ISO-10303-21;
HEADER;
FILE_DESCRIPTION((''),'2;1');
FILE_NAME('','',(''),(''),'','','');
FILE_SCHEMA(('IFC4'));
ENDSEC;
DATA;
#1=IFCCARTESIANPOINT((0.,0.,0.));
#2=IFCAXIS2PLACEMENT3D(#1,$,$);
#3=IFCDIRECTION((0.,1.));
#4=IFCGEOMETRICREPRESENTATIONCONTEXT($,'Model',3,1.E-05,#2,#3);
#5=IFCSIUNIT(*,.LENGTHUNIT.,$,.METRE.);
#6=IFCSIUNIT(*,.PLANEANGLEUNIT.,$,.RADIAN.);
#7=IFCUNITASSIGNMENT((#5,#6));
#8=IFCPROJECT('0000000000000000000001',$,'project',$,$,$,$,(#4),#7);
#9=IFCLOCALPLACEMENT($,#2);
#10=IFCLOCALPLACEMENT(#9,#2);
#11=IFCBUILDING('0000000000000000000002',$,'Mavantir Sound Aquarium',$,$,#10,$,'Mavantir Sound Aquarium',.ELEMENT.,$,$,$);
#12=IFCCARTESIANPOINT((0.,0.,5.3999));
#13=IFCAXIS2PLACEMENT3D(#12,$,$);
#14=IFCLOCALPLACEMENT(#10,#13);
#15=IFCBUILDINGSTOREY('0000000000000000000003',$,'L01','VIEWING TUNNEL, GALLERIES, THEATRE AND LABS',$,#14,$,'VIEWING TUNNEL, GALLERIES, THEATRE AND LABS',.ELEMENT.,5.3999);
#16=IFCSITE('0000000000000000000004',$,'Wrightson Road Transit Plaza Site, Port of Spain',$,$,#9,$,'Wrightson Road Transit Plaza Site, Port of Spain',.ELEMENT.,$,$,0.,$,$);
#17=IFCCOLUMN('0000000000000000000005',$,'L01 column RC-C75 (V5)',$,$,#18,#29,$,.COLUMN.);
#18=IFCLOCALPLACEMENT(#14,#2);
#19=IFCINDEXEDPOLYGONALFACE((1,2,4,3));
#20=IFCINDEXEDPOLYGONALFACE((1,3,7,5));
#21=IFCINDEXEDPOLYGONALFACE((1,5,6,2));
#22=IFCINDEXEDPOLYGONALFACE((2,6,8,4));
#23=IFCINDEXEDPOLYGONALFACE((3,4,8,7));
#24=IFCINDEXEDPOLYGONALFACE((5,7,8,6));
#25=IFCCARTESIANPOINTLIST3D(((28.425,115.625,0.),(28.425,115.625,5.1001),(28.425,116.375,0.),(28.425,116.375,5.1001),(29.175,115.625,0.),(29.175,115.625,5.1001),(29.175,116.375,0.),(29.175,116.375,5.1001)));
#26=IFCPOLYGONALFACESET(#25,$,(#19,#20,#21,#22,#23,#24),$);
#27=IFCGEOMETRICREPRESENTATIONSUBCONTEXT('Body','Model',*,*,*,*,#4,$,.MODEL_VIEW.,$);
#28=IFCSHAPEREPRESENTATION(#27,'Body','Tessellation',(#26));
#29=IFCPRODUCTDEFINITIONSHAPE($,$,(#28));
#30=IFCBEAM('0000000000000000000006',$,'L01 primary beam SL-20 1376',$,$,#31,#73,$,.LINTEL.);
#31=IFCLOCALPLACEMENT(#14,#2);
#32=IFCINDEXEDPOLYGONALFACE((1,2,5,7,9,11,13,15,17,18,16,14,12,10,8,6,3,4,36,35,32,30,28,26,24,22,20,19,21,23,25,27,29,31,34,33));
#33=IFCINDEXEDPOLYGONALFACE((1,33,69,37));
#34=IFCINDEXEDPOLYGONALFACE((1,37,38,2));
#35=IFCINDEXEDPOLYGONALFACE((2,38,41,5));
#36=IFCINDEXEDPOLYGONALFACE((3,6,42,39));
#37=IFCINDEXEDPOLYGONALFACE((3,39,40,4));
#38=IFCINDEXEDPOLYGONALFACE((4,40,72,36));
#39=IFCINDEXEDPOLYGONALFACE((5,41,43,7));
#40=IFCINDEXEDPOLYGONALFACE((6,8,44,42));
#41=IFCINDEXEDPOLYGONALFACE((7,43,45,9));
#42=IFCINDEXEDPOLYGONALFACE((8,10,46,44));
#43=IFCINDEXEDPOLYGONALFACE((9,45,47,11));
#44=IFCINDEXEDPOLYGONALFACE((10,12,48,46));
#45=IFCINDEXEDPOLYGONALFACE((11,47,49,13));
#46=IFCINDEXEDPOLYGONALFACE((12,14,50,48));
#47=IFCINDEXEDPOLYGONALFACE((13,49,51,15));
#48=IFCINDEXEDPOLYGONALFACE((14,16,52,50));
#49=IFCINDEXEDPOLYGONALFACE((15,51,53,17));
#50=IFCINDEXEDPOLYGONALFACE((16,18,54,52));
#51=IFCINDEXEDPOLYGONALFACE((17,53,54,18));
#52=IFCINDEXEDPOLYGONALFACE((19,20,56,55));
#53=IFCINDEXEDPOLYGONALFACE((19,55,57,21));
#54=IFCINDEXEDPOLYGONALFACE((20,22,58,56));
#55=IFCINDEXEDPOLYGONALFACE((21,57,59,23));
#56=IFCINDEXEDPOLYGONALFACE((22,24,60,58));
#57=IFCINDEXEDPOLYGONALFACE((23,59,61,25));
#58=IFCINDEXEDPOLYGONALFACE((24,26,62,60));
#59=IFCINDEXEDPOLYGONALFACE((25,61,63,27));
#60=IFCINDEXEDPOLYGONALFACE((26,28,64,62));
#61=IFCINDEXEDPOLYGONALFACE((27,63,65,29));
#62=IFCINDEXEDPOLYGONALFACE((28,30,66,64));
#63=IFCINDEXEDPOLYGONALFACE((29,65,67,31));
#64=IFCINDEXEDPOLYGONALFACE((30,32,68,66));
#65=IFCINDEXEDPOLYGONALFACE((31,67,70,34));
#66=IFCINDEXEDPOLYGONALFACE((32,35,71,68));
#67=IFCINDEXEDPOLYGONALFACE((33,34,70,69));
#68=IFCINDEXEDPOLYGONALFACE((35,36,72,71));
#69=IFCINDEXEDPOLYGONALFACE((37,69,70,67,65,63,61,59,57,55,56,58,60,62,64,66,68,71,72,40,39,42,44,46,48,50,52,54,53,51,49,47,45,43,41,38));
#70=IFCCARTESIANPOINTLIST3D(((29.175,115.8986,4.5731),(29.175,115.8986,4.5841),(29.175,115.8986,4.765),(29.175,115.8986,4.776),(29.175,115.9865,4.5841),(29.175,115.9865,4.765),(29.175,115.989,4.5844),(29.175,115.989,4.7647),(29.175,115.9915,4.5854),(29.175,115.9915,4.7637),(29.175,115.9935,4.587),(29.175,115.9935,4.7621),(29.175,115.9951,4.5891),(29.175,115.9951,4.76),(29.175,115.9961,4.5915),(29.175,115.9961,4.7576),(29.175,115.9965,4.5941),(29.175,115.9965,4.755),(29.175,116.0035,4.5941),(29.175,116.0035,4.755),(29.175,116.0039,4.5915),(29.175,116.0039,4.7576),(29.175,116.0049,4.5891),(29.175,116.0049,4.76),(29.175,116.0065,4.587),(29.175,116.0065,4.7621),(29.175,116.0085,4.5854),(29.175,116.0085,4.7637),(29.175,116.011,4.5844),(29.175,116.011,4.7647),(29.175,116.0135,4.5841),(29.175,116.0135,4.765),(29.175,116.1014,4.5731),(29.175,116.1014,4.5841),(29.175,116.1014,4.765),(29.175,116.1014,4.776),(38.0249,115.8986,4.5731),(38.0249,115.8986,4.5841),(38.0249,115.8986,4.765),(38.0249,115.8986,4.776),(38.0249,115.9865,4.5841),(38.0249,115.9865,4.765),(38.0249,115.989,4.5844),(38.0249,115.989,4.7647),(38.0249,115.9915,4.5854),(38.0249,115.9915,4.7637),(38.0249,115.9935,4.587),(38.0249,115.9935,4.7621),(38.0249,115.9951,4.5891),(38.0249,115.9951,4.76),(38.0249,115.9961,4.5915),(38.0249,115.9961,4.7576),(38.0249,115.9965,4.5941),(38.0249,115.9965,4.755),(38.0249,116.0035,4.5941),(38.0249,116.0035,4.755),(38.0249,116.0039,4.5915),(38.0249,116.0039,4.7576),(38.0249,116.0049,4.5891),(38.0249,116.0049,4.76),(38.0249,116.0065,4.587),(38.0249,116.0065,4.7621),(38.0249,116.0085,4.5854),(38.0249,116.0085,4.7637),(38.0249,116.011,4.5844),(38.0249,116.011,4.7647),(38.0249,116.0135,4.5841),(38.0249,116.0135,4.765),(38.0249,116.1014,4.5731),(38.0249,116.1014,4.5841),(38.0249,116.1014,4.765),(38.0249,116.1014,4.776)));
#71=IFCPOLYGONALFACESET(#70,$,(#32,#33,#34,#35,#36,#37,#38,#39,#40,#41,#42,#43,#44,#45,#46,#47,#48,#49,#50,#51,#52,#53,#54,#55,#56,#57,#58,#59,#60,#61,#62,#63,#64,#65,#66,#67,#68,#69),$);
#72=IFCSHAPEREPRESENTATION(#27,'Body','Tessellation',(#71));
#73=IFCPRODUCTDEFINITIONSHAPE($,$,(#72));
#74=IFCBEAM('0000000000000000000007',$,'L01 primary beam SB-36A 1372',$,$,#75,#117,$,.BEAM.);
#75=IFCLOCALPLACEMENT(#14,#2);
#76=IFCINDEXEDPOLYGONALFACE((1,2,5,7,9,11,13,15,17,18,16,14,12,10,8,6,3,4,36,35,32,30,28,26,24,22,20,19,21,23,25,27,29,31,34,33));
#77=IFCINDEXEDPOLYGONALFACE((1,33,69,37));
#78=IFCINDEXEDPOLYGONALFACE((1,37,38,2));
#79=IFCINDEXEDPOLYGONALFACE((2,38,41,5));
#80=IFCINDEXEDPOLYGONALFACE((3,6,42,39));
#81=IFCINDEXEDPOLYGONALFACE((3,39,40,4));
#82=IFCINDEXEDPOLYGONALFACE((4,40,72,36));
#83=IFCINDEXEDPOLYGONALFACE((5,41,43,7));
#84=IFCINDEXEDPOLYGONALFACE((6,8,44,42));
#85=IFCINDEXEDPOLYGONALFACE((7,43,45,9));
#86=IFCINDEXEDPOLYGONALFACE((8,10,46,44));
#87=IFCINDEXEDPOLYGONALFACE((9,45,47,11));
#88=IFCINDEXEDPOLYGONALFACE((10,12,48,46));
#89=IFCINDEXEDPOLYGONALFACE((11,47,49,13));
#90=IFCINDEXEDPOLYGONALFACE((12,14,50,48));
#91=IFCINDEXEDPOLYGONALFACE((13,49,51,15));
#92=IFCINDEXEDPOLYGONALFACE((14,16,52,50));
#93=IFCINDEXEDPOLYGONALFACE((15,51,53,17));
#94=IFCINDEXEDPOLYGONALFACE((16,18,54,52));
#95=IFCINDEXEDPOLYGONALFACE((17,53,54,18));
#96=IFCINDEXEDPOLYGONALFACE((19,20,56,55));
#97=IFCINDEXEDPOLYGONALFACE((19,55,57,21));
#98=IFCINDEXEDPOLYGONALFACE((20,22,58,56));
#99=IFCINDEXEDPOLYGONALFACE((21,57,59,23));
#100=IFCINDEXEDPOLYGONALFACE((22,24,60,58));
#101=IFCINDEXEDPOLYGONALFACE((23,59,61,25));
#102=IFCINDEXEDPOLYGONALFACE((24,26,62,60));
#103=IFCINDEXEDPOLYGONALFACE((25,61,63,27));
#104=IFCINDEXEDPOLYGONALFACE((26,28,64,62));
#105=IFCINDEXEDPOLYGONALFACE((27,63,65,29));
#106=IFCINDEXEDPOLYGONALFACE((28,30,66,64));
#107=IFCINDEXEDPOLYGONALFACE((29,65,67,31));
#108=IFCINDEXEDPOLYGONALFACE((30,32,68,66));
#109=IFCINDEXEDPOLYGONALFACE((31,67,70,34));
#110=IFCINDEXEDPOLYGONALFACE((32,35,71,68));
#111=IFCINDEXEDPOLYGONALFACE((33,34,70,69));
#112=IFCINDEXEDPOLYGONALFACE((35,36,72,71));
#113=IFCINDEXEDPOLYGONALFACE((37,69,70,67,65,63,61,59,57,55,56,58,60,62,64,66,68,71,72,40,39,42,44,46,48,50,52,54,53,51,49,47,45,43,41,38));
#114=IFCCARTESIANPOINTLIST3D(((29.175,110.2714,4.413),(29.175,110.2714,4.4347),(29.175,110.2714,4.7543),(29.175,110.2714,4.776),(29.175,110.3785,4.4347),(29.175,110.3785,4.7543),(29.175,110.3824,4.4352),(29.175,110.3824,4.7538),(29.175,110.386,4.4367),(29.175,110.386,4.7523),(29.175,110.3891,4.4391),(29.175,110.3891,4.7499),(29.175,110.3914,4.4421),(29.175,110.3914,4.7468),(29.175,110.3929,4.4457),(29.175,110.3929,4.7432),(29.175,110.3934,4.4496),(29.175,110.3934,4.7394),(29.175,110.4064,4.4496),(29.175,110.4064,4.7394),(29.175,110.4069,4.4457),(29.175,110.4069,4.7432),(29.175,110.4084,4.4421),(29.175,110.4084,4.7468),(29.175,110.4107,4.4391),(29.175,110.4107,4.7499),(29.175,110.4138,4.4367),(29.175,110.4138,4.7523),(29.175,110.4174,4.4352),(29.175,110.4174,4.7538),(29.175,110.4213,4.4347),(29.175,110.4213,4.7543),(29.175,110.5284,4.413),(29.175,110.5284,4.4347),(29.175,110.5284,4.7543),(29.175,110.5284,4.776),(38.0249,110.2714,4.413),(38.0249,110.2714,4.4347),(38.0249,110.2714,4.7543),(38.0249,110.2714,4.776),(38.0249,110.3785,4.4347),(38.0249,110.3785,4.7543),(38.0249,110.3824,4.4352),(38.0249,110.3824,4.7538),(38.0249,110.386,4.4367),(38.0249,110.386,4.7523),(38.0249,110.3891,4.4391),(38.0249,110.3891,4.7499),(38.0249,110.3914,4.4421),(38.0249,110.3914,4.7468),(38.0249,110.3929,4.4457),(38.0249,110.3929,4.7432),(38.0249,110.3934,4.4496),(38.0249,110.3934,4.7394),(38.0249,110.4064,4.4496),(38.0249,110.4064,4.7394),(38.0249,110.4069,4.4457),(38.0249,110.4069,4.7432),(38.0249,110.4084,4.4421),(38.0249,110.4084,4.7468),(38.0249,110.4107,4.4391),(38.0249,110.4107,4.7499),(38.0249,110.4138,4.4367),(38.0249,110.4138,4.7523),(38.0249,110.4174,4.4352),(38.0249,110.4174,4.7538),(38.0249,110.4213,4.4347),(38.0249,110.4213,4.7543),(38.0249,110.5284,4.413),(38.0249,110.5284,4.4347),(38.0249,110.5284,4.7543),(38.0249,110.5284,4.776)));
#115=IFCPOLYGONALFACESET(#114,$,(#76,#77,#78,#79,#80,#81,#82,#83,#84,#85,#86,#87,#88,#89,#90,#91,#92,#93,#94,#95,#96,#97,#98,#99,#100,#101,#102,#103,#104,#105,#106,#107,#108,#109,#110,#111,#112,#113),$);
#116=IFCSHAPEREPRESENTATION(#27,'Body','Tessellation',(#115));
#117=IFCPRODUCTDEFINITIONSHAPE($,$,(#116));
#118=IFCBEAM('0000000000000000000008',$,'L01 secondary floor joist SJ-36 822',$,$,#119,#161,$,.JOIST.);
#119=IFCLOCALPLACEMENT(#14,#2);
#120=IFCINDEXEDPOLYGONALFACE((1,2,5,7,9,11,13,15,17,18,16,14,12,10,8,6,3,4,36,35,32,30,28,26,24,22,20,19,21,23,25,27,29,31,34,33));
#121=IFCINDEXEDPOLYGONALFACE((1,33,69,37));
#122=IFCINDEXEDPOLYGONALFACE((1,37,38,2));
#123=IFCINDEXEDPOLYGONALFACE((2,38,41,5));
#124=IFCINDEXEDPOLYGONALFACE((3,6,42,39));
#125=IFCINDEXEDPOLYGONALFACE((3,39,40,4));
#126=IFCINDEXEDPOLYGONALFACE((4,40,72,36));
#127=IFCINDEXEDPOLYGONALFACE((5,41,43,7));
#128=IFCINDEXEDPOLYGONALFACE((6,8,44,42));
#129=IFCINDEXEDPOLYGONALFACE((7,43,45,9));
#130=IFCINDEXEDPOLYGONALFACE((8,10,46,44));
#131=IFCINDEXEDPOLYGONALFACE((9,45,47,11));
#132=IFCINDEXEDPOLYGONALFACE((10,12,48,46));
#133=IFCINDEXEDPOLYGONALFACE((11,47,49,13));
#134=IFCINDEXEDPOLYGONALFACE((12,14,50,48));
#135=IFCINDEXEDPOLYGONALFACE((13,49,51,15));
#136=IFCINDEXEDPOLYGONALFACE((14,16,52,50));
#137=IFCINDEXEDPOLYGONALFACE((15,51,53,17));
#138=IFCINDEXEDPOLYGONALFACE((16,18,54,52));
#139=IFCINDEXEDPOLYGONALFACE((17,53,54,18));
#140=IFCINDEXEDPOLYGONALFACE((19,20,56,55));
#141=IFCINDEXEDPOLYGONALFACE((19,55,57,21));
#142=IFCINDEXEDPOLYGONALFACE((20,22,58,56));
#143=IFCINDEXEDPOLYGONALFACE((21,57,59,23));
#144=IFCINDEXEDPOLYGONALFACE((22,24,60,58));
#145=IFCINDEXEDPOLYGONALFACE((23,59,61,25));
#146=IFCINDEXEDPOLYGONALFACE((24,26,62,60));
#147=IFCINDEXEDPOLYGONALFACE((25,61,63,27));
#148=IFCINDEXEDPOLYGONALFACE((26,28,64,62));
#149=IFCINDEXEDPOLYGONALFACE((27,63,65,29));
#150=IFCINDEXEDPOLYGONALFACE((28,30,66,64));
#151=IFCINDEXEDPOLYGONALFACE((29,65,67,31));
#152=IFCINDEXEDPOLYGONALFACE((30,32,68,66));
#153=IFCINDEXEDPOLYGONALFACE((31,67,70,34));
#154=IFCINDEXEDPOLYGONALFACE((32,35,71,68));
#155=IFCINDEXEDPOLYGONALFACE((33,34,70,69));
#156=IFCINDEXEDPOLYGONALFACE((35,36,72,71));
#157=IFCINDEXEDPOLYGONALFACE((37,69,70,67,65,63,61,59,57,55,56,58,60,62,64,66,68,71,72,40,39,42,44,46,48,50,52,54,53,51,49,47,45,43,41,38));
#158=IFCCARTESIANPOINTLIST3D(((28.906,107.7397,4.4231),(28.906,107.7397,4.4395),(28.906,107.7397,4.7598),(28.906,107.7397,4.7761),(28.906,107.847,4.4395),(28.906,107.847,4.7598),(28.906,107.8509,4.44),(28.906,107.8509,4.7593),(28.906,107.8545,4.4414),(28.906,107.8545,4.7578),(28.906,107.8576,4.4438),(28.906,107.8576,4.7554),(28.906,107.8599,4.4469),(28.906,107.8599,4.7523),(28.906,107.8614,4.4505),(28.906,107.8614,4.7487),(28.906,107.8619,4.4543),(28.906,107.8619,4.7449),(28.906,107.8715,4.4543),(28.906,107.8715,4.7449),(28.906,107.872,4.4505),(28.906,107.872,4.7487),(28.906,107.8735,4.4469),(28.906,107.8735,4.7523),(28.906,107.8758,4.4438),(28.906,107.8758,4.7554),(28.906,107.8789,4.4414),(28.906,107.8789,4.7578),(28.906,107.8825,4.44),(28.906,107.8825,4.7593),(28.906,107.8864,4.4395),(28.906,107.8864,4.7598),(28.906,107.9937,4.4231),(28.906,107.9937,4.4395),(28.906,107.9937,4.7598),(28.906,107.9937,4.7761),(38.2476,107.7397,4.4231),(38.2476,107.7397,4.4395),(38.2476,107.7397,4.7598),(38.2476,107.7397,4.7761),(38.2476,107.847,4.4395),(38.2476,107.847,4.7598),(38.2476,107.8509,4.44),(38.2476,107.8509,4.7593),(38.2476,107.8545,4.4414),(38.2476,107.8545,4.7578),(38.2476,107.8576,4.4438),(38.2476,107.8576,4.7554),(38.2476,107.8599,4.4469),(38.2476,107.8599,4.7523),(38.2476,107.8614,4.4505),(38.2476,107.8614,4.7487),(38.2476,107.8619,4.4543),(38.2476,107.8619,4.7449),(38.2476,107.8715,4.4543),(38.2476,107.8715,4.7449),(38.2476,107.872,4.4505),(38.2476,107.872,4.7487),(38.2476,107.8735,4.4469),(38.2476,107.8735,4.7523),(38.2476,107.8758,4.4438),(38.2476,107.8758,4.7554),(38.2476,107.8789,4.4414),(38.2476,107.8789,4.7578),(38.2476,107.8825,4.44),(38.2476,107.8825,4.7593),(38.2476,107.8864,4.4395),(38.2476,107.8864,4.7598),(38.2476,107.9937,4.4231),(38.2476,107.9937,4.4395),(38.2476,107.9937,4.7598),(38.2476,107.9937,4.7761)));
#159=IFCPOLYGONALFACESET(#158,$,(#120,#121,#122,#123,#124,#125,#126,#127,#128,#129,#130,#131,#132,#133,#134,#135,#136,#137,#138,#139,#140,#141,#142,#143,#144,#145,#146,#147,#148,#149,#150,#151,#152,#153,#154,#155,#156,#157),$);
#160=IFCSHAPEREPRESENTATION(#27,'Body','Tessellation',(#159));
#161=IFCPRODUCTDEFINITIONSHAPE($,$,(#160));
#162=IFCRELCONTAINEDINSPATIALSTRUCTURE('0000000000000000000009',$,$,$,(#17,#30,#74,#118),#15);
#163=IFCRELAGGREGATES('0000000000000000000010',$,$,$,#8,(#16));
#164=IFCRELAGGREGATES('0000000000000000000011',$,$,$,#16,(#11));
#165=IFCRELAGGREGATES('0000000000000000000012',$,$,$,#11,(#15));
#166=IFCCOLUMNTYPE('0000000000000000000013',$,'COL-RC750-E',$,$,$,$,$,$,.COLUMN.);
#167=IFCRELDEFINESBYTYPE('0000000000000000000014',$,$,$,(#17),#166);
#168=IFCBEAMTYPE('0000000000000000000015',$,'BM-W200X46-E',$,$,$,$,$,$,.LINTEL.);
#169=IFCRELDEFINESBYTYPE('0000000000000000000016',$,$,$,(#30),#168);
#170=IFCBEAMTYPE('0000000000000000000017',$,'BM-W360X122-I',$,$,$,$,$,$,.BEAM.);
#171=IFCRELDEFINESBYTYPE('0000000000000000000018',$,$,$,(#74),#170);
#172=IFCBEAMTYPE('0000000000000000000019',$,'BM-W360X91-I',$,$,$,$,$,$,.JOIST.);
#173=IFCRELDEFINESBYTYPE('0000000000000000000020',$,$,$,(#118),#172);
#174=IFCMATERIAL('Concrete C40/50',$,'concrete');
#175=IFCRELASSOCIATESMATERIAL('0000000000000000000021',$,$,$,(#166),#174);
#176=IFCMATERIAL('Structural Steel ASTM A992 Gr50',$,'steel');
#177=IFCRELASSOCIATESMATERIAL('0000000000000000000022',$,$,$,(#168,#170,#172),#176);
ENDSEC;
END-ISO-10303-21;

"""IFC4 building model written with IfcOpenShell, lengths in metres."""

from ifc_helpers import new_model, si_unit, direction, frame, origin, origin_2d, place, context, subcontext, project, spatial, rectangle, i_section, extrude, material, material_profile, profile_set, type_object, element, save


model = new_model("IFC4")

# Units and contexts
model_context = context("Model", 3, precision=1e-05, world=origin(), true_north=direction((0.0, 1.0)))
body_context = subcontext(model_context, "Body", "Model", "MODEL_VIEW")
ifc_project = project(units=[si_unit("LENGTHUNIT", "METRE"), si_unit("PLANEANGLEUNIT", "RADIAN")], contexts=[model_context])

# Site, building, storey
site_placement = place(None, origin())
site = spatial("IfcSite", under=ifc_project, at=site_placement, Name="Wrightson Road Transit Plaza Site, Port of Spain", LongName="Wrightson Road Transit Plaza Site, Port of Spain", CompositionType="ELEMENT", RefElevation=0.0)
building_placement = place(site_placement, origin())
building = spatial("IfcBuilding", under=site, at=building_placement, Name="Mavantir Sound Aquarium", LongName="Mavantir Sound Aquarium", CompositionType="ELEMENT")
storey_placement = place(building_placement, frame((0.0, 0.0, 5.3999)))
storey = spatial("IfcBuildingStorey", under=building, at=storey_placement, Name="L01", Description="VIEWING TUNNEL, GALLERIES, THEATRE AND LABS", LongName="VIEWING TUNNEL, GALLERIES, THEATRE AND LABS", CompositionType="ELEMENT", Elevation=5.3999)

# Column
ifc_material_1 = material(Name="Concrete C40/50", Category="concrete")
ifc_material_profile_1 = material_profile(ifc_material_1, rectangle(XDim=0.75, YDim=0.75, at=origin_2d()), Name="RC 750X750")
ifc_profile_set_1 = profile_set([ifc_material_profile_1], Name="Concrete C40/50")
column_type = type_object("IfcColumnType", Name="COL-RC750-E", PredefinedType="COLUMN", material=ifc_profile_set_1)
column_placement = place(storey_placement, frame((28.8, 116.0, 0.0), z_axis=(0.0, 0.0, 1.0), x_axis=(1.0, 0.0, 0.0)))
element("IfcColumn", 1, at=column_placement, inside=storey, type_object=column_type, Name="L01 column RC-C75 (V5)", PredefinedType="COLUMN", context=body_context, shape_type="SweptSolid", body=[
    extrude(rectangle(XDim=0.75, YDim=0.75, at=origin_2d()), origin(), (0.0, 0.0, 1.0), 5.1001),
])

# Beams
ifc_material_2 = material(Name="Structural Steel ASTM A992 Gr50", Category="steel")
ifc_material_profile_2 = material_profile(ifc_material_2, i_section(OverallWidth=0.2029, OverallDepth=0.2029, WebThickness=0.0071, FlangeThickness=0.011, FilletRadius=0.01, at=origin_2d()), Name="W200X46")
ifc_profile_set_2 = profile_set([ifc_material_profile_2], Name="Structural Steel ASTM A992 Gr50")
beam_type_1 = type_object("IfcBeamType", Name="BM-W200X46-E", PredefinedType="LINTEL", material=ifc_profile_set_2)
beam_1_placement = place(storey_placement, frame((29.175, 116.0, 4.6746), z_axis=(1.0, 0.0, 0.0), x_axis=(0.0, 1.0, 0.0)))
element("IfcBeam", 2, at=beam_1_placement, inside=storey, type_object=beam_type_1, Name="L01 primary beam SL-20 1376", PredefinedType="LINTEL", context=body_context, shape_type="SweptSolid", body=[
    extrude(i_section(OverallWidth=0.2029, OverallDepth=0.2029, WebThickness=0.0071, FlangeThickness=0.011, FilletRadius=0.01, at=origin_2d()), origin(), (0.0, 0.0, 1.0), 8.8499),
])
ifc_material_profile_3 = material_profile(ifc_material_2, i_section(OverallWidth=0.2571, OverallDepth=0.363, WebThickness=0.0129, FlangeThickness=0.0217, FilletRadius=0.0149, at=origin_2d()), Name="W360X122")
ifc_profile_set_3 = profile_set([ifc_material_profile_3], Name="Structural Steel ASTM A992 Gr50")
beam_type_2 = type_object("IfcBeamType", Name="BM-W360X122-I", PredefinedType="BEAM", material=ifc_profile_set_3)
beam_2_placement = place(storey_placement, frame((29.175, 110.3999, 4.5945), z_axis=(1.0, 0.0, 0.0), x_axis=(0.0, 1.0, 0.0)))
element("IfcBeam", 3, at=beam_2_placement, inside=storey, type_object=beam_type_2, Name="L01 primary beam SB-36A 1372", PredefinedType="BEAM", context=body_context, shape_type="SweptSolid", body=[
    extrude(i_section(OverallWidth=0.2571, OverallDepth=0.363, WebThickness=0.0129, FlangeThickness=0.0217, FilletRadius=0.0149, at=origin_2d()), origin(), (0.0, 0.0, 1.0), 8.8499),
])
ifc_material_profile_4 = material_profile(ifc_material_2, i_section(OverallWidth=0.2539, OverallDepth=0.353, WebThickness=0.0095, FlangeThickness=0.0164, FilletRadius=0.0149, at=origin_2d()), Name="W360X91")
ifc_profile_set_4 = profile_set([ifc_material_profile_4], Name="Structural Steel ASTM A992 Gr50")
beam_type_3 = type_object("IfcBeamType", Name="BM-W360X91-I", PredefinedType="JOIST", material=ifc_profile_set_4)
beam_3_placement = place(storey_placement, frame((28.906, 107.8667, 4.5996), z_axis=(1.0, 0.0, 0.0), x_axis=(0.0, 1.0, 0.0)))
element("IfcBeam", 4, at=beam_3_placement, inside=storey, type_object=beam_type_3, Name="L01 secondary floor joist SJ-36 822", PredefinedType="JOIST", context=body_context, shape_type="SweptSolid", body=[
    extrude(i_section(OverallWidth=0.2539, OverallDepth=0.353, WebThickness=0.0095, FlangeThickness=0.0164, FilletRadius=0.0149, at=origin_2d()), origin(), (0.0, 0.0, 1.0), 9.3416),
])

save(model, "model.ifc")
